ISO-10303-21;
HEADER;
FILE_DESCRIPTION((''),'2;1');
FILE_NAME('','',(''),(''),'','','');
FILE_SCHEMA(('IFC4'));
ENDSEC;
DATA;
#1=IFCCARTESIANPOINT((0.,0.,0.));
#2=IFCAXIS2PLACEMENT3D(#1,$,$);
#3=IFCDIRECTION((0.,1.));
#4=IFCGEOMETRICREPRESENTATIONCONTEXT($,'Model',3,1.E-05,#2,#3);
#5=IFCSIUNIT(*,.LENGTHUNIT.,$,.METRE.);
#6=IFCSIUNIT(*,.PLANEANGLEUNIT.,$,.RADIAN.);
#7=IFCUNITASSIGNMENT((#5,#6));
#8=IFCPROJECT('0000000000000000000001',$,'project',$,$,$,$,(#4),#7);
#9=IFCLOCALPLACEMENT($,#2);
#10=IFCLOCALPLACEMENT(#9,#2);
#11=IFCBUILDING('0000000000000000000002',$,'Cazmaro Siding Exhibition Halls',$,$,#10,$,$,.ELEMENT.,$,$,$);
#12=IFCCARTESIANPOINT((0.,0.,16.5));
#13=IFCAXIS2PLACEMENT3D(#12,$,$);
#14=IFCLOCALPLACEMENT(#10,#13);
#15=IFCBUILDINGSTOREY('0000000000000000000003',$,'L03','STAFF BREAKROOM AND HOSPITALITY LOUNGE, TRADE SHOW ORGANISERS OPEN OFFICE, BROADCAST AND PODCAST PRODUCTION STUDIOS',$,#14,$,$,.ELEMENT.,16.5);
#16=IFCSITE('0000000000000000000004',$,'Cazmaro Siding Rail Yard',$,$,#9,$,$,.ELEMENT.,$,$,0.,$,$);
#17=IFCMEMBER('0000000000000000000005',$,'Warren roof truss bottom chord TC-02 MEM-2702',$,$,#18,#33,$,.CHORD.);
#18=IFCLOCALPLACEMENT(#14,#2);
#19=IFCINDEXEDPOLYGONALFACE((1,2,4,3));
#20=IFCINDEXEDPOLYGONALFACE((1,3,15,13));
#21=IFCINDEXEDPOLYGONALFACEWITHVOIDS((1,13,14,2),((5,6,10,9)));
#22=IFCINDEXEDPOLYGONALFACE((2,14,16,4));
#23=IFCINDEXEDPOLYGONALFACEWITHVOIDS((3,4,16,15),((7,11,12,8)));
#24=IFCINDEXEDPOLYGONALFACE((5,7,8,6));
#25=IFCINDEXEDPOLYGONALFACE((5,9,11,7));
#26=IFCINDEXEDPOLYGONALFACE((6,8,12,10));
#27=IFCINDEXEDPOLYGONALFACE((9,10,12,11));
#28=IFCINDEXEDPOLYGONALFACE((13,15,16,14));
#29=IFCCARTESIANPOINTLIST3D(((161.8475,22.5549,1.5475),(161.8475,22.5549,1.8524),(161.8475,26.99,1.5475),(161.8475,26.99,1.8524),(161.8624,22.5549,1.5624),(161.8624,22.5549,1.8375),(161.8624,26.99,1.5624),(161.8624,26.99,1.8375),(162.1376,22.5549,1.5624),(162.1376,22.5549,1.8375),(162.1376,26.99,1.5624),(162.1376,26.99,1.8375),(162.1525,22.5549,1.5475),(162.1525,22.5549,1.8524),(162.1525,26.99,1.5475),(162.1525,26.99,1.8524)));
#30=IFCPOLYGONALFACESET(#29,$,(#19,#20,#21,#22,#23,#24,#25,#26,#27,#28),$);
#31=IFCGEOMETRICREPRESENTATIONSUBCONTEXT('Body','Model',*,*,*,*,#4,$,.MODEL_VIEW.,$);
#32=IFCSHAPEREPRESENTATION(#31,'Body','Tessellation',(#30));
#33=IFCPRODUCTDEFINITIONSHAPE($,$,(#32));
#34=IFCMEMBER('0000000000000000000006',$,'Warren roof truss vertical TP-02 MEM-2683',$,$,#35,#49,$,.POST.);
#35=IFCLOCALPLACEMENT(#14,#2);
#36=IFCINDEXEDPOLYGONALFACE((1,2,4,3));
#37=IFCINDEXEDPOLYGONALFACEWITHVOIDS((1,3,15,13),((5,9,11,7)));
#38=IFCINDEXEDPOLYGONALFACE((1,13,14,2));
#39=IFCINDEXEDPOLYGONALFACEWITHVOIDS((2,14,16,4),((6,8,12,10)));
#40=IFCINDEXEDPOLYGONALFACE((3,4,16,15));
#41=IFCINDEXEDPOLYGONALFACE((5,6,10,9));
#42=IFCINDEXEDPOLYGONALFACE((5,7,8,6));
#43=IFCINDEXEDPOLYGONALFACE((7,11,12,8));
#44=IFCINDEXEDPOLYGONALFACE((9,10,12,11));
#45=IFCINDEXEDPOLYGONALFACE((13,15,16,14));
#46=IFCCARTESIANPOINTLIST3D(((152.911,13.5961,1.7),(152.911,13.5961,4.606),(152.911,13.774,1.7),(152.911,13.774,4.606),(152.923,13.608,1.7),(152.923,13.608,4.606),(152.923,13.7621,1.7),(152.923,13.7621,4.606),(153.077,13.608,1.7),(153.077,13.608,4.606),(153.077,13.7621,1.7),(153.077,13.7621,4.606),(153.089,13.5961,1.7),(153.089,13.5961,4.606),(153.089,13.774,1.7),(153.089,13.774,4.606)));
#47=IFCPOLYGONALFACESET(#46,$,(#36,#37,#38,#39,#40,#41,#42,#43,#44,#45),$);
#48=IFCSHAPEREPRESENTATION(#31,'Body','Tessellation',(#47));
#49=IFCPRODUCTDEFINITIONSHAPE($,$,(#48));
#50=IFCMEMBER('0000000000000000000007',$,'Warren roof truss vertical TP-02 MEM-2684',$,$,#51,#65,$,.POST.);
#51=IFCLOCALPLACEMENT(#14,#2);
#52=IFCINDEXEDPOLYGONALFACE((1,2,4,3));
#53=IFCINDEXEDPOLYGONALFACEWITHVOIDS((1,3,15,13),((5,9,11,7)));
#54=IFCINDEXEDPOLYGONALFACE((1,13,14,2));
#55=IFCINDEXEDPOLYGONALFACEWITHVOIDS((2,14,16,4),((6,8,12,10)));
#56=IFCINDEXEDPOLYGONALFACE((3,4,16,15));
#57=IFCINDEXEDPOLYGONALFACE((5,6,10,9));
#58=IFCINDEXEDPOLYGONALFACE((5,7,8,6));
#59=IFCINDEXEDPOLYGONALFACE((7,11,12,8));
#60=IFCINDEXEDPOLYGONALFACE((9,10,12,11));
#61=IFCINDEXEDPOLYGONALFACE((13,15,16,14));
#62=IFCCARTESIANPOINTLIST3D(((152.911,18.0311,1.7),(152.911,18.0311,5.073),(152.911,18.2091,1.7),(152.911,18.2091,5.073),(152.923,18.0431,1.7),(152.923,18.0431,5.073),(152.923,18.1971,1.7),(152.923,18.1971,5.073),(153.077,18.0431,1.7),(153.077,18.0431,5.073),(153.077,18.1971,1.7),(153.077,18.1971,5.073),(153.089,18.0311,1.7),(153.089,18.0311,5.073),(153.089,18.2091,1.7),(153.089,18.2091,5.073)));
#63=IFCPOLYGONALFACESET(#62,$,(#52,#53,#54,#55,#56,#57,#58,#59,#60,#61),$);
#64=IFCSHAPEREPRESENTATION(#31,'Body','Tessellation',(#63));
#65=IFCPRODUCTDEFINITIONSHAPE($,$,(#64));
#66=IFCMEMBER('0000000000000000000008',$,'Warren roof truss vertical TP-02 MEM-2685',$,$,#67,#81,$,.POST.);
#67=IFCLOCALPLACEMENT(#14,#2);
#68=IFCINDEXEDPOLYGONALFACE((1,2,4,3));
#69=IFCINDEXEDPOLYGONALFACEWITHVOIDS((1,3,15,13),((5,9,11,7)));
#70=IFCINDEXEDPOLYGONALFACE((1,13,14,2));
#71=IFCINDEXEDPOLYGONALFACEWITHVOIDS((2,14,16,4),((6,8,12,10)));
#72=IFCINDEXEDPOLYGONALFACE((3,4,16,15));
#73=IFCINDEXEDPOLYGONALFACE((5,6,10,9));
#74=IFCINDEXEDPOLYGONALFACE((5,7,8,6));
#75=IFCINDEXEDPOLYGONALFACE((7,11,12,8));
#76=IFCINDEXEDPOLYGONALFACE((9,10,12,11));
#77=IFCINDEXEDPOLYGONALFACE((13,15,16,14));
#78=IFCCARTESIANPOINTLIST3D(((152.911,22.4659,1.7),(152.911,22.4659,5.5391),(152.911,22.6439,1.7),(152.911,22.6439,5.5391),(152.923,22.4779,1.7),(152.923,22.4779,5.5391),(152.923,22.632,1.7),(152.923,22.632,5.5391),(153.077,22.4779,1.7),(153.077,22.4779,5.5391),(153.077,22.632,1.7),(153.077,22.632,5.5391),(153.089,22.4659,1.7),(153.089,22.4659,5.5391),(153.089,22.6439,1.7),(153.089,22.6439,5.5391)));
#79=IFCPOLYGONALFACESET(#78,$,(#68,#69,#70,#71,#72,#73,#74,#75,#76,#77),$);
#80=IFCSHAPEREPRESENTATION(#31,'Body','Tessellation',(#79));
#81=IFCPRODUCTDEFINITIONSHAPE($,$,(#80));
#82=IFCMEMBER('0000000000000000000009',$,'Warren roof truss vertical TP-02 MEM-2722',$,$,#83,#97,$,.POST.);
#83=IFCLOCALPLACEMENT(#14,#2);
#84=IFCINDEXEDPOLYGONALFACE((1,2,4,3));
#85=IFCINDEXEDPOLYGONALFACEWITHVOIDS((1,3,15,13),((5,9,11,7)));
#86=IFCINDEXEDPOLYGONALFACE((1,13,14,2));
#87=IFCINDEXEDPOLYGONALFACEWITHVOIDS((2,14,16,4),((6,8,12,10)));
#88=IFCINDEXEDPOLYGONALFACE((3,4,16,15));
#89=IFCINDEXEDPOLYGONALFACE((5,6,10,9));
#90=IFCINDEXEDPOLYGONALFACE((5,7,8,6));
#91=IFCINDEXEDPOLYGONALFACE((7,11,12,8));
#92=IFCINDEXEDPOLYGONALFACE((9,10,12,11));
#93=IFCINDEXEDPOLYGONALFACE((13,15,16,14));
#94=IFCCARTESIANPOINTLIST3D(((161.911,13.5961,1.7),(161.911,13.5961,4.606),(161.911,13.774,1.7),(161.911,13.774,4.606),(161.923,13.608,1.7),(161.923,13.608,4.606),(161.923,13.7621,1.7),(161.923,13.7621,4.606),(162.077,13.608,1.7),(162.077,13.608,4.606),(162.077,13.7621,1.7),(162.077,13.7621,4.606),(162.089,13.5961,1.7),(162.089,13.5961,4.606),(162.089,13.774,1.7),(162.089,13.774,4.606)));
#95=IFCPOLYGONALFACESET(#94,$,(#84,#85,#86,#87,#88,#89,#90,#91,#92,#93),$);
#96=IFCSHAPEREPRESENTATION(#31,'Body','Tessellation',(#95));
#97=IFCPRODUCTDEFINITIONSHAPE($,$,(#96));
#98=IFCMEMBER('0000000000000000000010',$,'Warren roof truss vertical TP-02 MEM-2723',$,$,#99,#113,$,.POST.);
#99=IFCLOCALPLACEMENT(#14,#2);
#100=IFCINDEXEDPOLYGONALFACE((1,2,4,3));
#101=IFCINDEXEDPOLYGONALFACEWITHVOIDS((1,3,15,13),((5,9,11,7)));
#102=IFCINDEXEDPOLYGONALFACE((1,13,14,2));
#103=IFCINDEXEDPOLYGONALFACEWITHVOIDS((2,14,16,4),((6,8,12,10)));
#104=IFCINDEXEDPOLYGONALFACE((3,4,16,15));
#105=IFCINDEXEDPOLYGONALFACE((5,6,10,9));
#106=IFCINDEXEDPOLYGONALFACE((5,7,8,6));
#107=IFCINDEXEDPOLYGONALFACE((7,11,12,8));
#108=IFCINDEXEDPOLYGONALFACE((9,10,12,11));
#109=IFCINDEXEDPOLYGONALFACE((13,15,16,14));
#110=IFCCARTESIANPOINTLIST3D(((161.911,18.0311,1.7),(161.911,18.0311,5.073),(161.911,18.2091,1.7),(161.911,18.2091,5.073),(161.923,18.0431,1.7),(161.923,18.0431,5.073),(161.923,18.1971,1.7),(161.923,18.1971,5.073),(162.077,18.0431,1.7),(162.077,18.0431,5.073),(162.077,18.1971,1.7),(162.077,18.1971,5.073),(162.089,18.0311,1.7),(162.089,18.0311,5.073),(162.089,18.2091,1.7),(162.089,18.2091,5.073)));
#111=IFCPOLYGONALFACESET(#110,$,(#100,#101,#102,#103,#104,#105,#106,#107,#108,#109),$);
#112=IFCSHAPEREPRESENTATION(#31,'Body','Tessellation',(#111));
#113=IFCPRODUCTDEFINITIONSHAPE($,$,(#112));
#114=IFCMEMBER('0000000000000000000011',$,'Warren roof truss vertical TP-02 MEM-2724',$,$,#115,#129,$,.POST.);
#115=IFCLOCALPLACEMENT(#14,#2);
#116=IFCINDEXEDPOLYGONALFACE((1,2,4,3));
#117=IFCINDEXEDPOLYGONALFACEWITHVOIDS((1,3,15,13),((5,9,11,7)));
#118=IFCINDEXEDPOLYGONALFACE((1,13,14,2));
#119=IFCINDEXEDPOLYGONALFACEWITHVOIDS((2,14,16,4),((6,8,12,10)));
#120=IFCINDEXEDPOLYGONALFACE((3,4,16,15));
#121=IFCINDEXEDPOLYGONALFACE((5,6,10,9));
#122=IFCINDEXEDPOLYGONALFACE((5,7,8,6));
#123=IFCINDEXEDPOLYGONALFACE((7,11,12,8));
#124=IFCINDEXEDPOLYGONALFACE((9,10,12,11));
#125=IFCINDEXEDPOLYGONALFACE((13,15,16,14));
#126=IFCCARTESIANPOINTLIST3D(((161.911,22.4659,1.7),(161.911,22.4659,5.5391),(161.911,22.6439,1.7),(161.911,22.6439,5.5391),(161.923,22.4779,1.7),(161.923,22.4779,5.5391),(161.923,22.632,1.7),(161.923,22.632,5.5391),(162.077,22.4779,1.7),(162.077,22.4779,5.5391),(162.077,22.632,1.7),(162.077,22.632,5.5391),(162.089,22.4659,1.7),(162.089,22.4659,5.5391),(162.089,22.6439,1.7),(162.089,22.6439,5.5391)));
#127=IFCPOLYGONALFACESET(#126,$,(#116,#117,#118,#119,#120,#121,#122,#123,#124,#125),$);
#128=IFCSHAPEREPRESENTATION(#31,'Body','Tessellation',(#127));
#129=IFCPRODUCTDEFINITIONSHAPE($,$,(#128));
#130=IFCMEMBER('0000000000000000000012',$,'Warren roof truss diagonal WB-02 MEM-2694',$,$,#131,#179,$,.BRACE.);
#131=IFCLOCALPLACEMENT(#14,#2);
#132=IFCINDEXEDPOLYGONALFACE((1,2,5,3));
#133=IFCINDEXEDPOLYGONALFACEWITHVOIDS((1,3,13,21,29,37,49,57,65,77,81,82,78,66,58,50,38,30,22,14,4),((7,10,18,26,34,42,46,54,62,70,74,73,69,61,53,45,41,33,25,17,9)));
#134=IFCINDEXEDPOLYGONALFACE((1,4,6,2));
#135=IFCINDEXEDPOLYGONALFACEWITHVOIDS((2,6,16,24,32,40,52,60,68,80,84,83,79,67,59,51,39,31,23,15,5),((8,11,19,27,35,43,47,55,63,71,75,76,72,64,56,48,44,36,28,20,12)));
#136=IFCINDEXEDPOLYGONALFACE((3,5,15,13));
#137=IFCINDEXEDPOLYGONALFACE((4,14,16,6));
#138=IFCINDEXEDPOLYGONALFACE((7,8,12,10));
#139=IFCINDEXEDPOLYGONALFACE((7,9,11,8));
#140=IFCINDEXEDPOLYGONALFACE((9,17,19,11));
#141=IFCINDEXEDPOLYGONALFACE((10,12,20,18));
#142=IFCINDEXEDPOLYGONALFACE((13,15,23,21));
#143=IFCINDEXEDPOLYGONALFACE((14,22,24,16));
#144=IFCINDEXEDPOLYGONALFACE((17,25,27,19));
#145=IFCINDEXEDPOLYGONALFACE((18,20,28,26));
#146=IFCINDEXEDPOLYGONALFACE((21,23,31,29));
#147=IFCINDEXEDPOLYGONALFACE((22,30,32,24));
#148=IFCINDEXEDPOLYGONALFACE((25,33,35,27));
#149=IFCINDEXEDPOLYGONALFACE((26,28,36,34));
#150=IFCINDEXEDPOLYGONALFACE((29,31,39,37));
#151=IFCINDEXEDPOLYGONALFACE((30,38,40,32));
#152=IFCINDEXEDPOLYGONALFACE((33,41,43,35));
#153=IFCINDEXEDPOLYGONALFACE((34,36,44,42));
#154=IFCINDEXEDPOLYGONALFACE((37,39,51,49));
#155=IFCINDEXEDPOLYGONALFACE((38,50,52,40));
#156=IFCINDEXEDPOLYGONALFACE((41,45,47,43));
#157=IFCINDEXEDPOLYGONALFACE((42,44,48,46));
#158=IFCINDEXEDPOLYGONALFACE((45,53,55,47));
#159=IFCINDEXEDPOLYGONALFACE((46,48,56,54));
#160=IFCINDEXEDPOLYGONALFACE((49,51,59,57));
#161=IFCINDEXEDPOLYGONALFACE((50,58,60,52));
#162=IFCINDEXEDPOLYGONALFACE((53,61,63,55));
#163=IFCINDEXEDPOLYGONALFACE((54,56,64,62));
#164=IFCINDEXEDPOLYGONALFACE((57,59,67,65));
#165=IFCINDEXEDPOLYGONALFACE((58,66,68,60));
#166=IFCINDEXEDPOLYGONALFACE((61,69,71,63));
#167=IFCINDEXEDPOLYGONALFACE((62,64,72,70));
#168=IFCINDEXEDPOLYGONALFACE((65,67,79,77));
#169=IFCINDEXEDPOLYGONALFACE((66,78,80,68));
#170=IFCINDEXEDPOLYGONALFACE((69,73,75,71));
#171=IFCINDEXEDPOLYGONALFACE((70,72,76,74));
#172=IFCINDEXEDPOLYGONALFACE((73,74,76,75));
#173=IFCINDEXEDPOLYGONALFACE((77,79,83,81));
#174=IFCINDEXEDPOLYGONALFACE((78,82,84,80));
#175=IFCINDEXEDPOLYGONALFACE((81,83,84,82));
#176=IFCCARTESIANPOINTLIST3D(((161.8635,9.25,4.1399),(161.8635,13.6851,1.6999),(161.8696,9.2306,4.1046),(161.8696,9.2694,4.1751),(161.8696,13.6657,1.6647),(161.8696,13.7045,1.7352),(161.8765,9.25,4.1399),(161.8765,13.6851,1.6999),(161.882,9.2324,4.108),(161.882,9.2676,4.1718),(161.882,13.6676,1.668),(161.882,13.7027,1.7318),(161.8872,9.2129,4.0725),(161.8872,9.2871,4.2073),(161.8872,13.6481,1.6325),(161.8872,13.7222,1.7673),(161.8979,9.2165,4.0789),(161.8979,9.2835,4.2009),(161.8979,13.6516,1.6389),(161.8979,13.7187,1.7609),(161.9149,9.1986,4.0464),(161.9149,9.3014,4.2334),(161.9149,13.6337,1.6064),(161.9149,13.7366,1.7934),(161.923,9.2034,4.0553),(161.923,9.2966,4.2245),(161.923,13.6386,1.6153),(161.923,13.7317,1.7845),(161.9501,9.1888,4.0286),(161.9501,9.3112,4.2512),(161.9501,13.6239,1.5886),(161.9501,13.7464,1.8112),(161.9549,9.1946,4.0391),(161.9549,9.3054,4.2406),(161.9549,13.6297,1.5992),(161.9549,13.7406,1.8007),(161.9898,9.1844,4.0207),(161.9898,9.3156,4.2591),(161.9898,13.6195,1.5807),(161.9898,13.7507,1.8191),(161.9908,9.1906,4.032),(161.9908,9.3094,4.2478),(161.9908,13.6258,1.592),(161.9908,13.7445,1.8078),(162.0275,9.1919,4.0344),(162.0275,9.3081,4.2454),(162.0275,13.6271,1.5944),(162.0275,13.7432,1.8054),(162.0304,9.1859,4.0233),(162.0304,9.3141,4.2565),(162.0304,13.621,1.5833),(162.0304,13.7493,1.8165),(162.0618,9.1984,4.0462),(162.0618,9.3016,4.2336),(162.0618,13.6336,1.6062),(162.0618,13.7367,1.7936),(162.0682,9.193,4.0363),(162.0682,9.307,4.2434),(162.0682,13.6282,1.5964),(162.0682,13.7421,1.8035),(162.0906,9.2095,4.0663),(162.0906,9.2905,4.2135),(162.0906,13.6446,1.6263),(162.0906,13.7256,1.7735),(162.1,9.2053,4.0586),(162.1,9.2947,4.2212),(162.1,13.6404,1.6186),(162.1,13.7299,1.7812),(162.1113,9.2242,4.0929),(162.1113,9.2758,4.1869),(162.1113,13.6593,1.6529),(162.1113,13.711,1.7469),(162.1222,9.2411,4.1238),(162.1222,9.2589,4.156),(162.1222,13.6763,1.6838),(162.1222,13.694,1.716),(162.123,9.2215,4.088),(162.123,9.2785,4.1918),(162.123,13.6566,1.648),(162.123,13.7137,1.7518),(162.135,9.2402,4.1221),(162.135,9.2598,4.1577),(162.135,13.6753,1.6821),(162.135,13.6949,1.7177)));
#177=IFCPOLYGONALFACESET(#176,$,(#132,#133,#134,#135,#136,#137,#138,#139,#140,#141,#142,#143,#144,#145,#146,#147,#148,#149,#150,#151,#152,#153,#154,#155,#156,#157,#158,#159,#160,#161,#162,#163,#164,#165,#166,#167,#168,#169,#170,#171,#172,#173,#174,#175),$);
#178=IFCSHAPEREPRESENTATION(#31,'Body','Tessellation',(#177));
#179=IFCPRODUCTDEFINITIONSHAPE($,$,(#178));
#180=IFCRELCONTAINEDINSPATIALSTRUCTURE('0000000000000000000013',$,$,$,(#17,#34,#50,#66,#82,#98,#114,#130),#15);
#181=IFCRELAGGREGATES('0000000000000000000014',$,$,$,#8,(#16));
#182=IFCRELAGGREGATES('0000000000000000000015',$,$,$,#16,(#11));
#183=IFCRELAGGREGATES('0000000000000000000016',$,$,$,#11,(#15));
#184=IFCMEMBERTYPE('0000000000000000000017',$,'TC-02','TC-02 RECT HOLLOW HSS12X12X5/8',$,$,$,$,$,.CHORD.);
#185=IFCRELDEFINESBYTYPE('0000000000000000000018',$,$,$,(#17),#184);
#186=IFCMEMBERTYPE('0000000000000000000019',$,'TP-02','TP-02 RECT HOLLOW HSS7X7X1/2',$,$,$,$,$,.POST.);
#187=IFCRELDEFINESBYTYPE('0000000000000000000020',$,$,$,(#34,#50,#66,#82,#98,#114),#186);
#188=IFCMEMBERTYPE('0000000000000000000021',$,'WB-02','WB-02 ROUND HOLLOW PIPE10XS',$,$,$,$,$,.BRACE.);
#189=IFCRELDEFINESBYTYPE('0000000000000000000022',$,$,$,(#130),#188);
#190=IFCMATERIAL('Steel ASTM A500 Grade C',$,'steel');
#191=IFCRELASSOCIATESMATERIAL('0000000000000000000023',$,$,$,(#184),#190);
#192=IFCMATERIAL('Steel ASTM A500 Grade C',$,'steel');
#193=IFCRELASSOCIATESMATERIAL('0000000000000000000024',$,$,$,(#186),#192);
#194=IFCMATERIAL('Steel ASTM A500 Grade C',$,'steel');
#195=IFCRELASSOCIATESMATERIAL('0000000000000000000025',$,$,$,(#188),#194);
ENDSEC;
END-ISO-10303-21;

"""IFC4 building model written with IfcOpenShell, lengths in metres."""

from ifc_helpers import new_model, si_unit, direction, frame, origin, origin_2d, place, context, subcontext, project, spatial, hollow_rectangle, hollow_circle, extrude, material, material_profile, profile_set, type_object, element, save


model = new_model("IFC4")

# Units and contexts
model_context = context("Model", 3, precision=1e-05, world=origin(), true_north=direction((0.0, 1.0)))
body_context = subcontext(model_context, "Body", "Model", "MODEL_VIEW")
ifc_project = project(units=[si_unit("LENGTHUNIT", "METRE"), si_unit("PLANEANGLEUNIT", "RADIAN")], contexts=[model_context])

# Site, building, storey
site_placement = place(None, origin())
site = spatial("IfcSite", under=ifc_project, at=site_placement, Name="Cazmaro Siding Rail Yard", CompositionType="ELEMENT", RefElevation=0.0)
building_placement = place(site_placement, origin())
building = spatial("IfcBuilding", under=site, at=building_placement, Name="Cazmaro Siding Exhibition Halls", CompositionType="ELEMENT")
storey_placement = place(building_placement, frame((0.0, 0.0, 16.5)))
storey = spatial("IfcBuildingStorey", under=building, at=storey_placement, Name="L03", Description="STAFF BREAKROOM AND HOSPITALITY LOUNGE, TRADE SHOW ORGANISERS OPEN OFFICE, BROADCAST AND PODCAST PRODUCTION STUDIOS", CompositionType="ELEMENT", Elevation=16.5)

# Members
ifc_material_1 = material(Name="Steel ASTM A500 Grade C", Category="steel")
ifc_material_profile_1 = material_profile(ifc_material_1, hollow_rectangle(XDim=0.3049, YDim=0.3049, WallThickness=0.0149, at=origin_2d()), Name="HSS12X12X5/8")
ifc_profile_set_1 = profile_set([ifc_material_profile_1], Name="Steel ASTM A500 Grade C")
member_type_1 = type_object("IfcMemberType", Name="TC-02", Description="TC-02 RECT HOLLOW HSS12X12X5/8", PredefinedType="CHORD", material=ifc_profile_set_1)
member_1_placement = place(storey_placement, frame((162.0, 22.5549, 1.7), z_axis=(0.0, 1.0, 0.0), x_axis=(-1.0, 0.0, 0.0)))
element("IfcMember", 1, at=member_1_placement, inside=storey, type_object=member_type_1, Name="Warren roof truss bottom chord TC-02 MEM-2702", PredefinedType="CHORD", context=body_context, shape_type="SweptSolid", body=[
    extrude(hollow_rectangle(XDim=0.3049, YDim=0.3049, WallThickness=0.0149, at=origin_2d()), origin(), (0.0, 0.0, 1.0), 4.4351),
])
ifc_material_2 = material(Name="Steel ASTM A500 Grade C", Category="steel")
ifc_material_profile_2 = material_profile(ifc_material_2, hollow_rectangle(XDim=0.178, YDim=0.178, WallThickness=0.012, at=origin_2d()), Name="HSS7X7X1/2")
ifc_profile_set_2 = profile_set([ifc_material_profile_2], Name="Steel ASTM A500 Grade C")
member_type_2 = type_object("IfcMemberType", Name="TP-02", Description="TP-02 RECT HOLLOW HSS7X7X1/2", PredefinedType="POST", material=ifc_profile_set_2)
member_2_placement = place(storey_placement, frame((153.0, 13.6851, 1.7), z_axis=(0.0, 0.0, 1.0), x_axis=(1.0, 0.0, 0.0)))
element("IfcMember", 2, at=member_2_placement, inside=storey, type_object=member_type_2, Name="Warren roof truss vertical TP-02 MEM-2683", PredefinedType="POST", context=body_context, shape_type="SweptSolid", body=[
    extrude(hollow_rectangle(XDim=0.178, YDim=0.178, WallThickness=0.012, at=origin_2d()), origin(), (0.0, 0.0, 1.0), 2.906),
])
member_3_placement = place(storey_placement, frame((153.0, 18.1201, 1.7), z_axis=(0.0, 0.0, 1.0), x_axis=(1.0, 0.0, 0.0)))
element("IfcMember", 3, at=member_3_placement, inside=storey, type_object=member_type_2, Name="Warren roof truss vertical TP-02 MEM-2684", PredefinedType="POST", context=body_context, shape_type="SweptSolid", body=[
    extrude(hollow_rectangle(XDim=0.178, YDim=0.178, WallThickness=0.012, at=origin_2d()), origin(), (0.0, 0.0, 1.0), 3.373),
])
member_4_placement = place(storey_placement, frame((153.0, 22.5549, 1.7), z_axis=(0.0, 0.0, 1.0), x_axis=(1.0, 0.0, 0.0)))
element("IfcMember", 4, at=member_4_placement, inside=storey, type_object=member_type_2, Name="Warren roof truss vertical TP-02 MEM-2685", PredefinedType="POST", context=body_context, shape_type="SweptSolid", body=[
    extrude(hollow_rectangle(XDim=0.178, YDim=0.178, WallThickness=0.012, at=origin_2d()), origin(), (0.0, 0.0, 1.0), 3.8391),
])
member_5_placement = place(storey_placement, frame((162.0, 13.6851, 1.7), z_axis=(0.0, 0.0, 1.0), x_axis=(1.0, 0.0, 0.0)))
element("IfcMember", 5, at=member_5_placement, inside=storey, type_object=member_type_2, Name="Warren roof truss vertical TP-02 MEM-2722", PredefinedType="POST", context=body_context, shape_type="SweptSolid", body=[
    extrude(hollow_rectangle(XDim=0.178, YDim=0.178, WallThickness=0.012, at=origin_2d()), origin(), (0.0, 0.0, 1.0), 2.906),
])
member_6_placement = place(storey_placement, frame((162.0, 18.1201, 1.7), z_axis=(0.0, 0.0, 1.0), x_axis=(1.0, 0.0, 0.0)))
element("IfcMember", 6, at=member_6_placement, inside=storey, type_object=member_type_2, Name="Warren roof truss vertical TP-02 MEM-2723", PredefinedType="POST", context=body_context, shape_type="SweptSolid", body=[
    extrude(hollow_rectangle(XDim=0.178, YDim=0.178, WallThickness=0.012, at=origin_2d()), origin(), (0.0, 0.0, 1.0), 3.373),
])
member_7_placement = place(storey_placement, frame((162.0, 22.5549, 1.7), z_axis=(0.0, 0.0, 1.0), x_axis=(1.0, 0.0, 0.0)))
element("IfcMember", 7, at=member_7_placement, inside=storey, type_object=member_type_2, Name="Warren roof truss vertical TP-02 MEM-2724", PredefinedType="POST", context=body_context, shape_type="SweptSolid", body=[
    extrude(hollow_rectangle(XDim=0.178, YDim=0.178, WallThickness=0.012, at=origin_2d()), origin(), (0.0, 0.0, 1.0), 3.8391),
])
ifc_material_3 = material(Name="Steel ASTM A500 Grade C", Category="steel")
ifc_material_profile_3 = material_profile(ifc_material_3, hollow_circle(Radius=0.1365, WallThickness=0.0129, at=origin_2d()), Name="PIPE10XS")
ifc_profile_set_3 = profile_set([ifc_material_profile_3], Name="Steel ASTM A500 Grade C")
member_type_3 = type_object("IfcMemberType", Name="WB-02", Description="WB-02 ROUND HOLLOW PIPE10XS", PredefinedType="BRACE", material=ifc_profile_set_3)
member_8_placement = place(storey_placement, frame((162.0, 9.25, 4.1399), z_axis=(0.0, 0.876161, -0.482019), x_axis=(-1.0, 0.0, 0.0)))
element("IfcMember", 8, at=member_8_placement, inside=storey, type_object=member_type_3, Name="Warren roof truss diagonal WB-02 MEM-2694", PredefinedType="BRACE", context=body_context, shape_type="SweptSolid", body=[
    extrude(hollow_circle(Radius=0.1365, WallThickness=0.0129, at=origin_2d()), origin(), (0.0, 0.0, 1.0), 5.062),
])

save(model, "model.ifc")
